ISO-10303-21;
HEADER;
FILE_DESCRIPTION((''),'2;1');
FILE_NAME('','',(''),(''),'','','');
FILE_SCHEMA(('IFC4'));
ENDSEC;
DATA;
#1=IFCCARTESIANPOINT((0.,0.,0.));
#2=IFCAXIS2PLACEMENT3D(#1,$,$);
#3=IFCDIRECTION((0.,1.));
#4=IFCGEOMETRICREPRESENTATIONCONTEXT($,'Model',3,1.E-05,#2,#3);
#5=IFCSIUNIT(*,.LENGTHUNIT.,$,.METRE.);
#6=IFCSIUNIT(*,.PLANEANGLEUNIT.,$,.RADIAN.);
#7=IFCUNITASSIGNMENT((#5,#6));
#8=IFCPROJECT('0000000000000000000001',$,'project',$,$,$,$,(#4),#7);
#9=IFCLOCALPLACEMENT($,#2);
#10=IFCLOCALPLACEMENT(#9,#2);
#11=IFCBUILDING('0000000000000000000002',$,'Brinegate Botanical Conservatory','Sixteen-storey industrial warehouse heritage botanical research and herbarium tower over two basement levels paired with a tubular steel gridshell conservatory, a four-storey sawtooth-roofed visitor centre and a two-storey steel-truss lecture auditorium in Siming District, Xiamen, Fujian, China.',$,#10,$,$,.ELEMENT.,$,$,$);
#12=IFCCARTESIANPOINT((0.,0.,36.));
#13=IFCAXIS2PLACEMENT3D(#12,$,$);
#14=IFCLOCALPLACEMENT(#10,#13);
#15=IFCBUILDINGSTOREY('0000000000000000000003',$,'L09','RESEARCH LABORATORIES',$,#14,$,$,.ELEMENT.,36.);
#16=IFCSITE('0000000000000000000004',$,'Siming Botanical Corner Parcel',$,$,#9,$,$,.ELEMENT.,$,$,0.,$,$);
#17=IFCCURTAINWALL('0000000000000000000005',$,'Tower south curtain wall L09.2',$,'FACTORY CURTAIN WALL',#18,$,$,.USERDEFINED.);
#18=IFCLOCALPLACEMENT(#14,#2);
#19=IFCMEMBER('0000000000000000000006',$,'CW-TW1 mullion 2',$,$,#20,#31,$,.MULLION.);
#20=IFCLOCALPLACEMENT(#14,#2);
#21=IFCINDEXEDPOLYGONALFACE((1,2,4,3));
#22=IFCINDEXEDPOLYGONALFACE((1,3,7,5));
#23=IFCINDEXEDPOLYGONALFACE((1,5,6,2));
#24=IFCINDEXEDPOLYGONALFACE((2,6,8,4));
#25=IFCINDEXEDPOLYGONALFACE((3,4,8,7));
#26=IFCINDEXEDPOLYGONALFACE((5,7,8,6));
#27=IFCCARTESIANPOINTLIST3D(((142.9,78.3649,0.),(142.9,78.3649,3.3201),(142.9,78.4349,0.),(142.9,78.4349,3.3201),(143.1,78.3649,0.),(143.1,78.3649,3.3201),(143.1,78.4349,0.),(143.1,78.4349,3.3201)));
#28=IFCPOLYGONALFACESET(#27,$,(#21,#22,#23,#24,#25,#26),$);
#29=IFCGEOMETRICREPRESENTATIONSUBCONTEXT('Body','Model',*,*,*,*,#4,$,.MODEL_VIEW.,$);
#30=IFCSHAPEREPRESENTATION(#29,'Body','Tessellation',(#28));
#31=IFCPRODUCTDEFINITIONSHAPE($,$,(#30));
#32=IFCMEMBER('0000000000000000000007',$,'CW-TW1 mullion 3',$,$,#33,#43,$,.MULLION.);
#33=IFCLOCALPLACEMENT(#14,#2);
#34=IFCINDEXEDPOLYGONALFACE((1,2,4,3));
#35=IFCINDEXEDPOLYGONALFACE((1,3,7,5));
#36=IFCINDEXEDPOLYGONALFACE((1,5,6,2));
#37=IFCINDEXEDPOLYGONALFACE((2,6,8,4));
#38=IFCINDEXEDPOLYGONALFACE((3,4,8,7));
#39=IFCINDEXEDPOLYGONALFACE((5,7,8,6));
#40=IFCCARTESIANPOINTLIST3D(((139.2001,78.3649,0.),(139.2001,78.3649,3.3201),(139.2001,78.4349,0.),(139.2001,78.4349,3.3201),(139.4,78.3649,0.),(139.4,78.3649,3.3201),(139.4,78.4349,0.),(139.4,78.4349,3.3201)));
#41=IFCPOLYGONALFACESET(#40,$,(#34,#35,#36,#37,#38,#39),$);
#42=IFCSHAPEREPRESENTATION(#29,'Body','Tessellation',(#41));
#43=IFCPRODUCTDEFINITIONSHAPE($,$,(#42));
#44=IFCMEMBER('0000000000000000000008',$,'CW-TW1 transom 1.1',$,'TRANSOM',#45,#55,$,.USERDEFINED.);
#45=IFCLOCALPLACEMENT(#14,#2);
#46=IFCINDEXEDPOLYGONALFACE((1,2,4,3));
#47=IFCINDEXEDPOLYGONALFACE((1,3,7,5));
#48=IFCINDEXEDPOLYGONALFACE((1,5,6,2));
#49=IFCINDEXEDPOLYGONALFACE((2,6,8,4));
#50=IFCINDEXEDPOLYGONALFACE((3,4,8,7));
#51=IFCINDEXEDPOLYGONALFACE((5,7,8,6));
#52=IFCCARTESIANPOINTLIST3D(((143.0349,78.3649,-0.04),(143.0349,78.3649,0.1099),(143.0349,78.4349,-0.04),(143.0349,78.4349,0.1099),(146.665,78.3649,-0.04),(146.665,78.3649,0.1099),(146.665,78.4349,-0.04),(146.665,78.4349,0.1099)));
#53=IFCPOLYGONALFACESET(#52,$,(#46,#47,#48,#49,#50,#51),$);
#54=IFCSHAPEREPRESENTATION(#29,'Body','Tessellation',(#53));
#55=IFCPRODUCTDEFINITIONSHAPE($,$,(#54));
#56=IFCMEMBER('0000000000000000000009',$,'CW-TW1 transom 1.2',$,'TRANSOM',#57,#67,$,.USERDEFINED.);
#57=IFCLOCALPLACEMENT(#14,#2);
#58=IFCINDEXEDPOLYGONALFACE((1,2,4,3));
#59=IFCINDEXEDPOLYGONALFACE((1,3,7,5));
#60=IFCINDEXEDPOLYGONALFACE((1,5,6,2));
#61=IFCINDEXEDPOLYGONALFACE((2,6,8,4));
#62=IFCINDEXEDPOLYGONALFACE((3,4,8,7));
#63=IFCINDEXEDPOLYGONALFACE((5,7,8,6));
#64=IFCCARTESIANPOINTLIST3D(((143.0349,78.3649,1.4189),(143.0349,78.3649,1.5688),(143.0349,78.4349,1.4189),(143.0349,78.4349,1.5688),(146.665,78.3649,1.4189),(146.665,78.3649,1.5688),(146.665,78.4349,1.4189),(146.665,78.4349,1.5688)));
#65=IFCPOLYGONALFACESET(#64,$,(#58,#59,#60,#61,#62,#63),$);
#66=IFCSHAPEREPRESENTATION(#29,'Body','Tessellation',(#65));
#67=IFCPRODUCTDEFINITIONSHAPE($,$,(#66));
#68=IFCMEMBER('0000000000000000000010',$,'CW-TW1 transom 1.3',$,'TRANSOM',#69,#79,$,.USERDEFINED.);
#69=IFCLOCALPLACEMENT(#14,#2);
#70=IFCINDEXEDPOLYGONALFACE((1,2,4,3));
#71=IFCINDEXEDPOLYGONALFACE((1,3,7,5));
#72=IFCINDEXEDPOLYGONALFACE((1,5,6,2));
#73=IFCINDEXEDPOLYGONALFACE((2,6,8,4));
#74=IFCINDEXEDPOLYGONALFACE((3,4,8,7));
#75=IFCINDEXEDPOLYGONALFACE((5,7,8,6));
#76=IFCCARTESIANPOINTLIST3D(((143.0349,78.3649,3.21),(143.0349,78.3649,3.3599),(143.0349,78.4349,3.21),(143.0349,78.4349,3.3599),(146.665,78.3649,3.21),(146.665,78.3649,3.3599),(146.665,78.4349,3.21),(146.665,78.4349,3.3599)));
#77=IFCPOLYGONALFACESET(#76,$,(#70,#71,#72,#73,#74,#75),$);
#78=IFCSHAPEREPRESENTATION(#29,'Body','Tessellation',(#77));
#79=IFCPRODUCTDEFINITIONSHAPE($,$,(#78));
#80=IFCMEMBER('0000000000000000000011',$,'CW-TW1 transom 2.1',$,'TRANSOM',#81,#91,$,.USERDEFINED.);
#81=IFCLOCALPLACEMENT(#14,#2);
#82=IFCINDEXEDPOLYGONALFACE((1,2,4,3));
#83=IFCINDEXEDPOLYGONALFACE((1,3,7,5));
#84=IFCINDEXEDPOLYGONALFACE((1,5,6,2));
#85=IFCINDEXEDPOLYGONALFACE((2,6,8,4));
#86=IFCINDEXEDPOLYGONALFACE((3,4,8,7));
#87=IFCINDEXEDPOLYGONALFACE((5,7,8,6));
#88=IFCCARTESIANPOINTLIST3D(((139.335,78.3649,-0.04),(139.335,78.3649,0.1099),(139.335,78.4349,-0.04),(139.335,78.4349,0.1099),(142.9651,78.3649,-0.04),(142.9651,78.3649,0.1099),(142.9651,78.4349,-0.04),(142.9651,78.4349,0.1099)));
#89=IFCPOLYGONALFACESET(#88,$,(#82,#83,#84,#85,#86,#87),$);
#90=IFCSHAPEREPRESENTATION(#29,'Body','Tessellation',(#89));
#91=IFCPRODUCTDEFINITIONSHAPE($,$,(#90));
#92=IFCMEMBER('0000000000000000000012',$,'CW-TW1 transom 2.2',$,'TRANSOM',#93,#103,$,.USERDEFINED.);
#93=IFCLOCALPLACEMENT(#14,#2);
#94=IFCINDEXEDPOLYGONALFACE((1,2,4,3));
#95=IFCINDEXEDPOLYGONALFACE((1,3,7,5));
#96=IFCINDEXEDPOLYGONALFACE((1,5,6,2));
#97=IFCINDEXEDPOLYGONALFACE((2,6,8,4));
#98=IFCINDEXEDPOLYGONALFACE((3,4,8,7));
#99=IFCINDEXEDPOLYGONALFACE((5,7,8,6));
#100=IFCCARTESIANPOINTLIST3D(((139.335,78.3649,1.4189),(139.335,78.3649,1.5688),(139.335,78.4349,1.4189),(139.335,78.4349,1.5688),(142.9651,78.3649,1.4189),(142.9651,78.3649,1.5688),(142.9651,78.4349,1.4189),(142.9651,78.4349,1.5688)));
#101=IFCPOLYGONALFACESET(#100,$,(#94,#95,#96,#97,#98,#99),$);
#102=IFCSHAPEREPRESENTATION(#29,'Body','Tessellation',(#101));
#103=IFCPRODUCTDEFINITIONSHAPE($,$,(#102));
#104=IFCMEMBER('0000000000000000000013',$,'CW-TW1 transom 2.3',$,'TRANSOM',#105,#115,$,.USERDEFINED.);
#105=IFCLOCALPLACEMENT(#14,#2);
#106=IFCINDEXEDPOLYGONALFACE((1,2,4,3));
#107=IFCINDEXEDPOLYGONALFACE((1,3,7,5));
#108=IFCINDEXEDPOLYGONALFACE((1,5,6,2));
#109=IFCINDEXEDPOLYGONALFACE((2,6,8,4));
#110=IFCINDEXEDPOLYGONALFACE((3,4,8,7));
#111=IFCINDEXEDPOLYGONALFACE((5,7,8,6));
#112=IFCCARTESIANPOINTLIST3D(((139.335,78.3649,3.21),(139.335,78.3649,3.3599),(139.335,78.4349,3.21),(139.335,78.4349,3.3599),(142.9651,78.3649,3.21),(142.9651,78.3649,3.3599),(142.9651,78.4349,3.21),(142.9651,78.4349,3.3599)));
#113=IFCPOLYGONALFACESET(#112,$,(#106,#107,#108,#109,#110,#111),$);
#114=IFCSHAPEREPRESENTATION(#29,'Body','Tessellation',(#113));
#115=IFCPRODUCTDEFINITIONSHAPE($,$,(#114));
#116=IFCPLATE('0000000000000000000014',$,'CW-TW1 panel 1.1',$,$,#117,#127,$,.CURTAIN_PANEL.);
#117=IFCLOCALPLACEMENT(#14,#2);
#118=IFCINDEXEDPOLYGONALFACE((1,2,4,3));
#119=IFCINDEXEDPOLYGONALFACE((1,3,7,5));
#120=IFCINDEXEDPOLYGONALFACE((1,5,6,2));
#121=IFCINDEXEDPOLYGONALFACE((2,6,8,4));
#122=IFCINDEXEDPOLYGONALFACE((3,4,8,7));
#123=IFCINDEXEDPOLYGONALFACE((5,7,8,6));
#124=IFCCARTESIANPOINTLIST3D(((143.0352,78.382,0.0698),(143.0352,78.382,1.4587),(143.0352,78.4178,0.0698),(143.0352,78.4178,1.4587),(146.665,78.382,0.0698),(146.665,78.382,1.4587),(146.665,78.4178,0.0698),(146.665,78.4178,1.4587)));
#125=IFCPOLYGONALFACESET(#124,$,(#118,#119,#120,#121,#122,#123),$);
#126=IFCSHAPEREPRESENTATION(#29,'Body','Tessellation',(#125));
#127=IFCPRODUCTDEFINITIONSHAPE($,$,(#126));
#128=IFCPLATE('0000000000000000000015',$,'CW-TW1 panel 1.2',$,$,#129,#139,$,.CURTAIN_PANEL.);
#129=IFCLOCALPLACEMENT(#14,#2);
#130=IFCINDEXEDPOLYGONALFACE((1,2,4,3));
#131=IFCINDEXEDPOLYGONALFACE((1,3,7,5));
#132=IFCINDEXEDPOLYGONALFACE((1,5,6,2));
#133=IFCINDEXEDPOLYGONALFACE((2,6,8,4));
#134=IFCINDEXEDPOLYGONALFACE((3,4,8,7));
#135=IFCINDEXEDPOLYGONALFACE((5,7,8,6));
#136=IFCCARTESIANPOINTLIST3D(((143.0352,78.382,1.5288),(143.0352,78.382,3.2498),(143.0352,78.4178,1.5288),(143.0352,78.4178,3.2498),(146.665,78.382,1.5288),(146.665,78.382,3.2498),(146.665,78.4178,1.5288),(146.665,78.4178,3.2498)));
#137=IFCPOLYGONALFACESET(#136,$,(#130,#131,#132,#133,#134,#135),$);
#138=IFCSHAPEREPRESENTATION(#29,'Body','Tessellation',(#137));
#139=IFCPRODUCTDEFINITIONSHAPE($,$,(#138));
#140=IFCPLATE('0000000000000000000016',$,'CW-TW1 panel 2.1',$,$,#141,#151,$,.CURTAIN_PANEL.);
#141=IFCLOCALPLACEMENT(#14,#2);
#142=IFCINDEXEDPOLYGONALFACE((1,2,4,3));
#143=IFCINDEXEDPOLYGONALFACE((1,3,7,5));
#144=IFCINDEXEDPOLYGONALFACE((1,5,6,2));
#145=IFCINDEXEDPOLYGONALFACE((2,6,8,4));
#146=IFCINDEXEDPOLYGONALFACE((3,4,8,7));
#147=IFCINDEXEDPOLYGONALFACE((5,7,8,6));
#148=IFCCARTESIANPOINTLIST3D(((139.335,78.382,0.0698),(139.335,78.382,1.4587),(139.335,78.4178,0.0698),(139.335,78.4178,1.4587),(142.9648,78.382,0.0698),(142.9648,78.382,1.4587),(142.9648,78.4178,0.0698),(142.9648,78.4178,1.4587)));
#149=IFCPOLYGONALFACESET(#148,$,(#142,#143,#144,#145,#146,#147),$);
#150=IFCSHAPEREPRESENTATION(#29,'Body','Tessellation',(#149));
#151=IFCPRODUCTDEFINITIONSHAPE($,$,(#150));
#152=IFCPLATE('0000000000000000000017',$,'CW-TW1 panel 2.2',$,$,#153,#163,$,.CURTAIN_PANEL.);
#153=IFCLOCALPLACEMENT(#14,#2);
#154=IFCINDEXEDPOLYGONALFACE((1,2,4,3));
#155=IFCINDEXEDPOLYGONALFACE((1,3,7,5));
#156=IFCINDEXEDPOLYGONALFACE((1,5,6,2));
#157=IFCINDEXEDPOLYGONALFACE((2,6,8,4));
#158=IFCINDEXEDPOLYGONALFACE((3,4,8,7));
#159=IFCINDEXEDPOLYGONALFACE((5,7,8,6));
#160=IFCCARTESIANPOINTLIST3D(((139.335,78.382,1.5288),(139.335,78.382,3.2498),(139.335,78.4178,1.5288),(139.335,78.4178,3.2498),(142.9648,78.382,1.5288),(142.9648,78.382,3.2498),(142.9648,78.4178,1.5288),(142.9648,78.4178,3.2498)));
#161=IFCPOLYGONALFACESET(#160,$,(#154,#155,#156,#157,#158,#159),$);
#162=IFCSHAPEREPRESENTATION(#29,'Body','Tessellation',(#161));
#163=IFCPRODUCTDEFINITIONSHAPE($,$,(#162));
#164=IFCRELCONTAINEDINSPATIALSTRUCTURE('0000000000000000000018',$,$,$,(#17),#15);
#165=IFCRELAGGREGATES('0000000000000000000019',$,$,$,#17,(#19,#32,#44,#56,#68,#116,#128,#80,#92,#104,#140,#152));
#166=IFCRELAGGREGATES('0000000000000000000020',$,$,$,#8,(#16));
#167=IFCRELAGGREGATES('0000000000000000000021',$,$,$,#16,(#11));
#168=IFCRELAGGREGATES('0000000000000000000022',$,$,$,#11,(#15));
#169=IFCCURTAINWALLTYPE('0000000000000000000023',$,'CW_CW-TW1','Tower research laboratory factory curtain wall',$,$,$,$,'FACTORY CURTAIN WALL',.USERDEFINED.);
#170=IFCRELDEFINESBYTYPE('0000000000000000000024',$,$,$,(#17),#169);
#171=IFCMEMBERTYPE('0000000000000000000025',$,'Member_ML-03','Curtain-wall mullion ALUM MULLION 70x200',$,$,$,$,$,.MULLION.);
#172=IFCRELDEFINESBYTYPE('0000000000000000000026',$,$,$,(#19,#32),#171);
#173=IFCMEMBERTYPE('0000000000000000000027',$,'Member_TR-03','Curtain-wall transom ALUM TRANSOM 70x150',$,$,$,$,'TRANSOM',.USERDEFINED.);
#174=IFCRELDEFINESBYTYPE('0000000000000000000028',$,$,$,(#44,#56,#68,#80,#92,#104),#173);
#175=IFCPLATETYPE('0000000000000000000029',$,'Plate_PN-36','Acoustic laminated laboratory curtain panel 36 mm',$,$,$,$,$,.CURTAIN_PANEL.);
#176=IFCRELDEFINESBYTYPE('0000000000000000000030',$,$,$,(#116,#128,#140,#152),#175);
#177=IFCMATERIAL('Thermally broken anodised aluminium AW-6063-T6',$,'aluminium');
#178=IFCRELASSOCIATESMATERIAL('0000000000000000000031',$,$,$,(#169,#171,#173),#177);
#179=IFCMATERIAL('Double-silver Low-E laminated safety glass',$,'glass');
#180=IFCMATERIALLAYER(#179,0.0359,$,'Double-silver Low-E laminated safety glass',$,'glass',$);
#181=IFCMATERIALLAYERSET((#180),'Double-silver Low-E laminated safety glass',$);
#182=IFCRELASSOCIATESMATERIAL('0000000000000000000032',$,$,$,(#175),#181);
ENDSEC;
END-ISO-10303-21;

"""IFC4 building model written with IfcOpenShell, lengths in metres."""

from ifc_helpers import new_model, si_unit, direction, frame, origin, origin_2d, place, context, subcontext, project, spatial, rectangle, extrude, material, layer, layer_set, material_profile, profile_set, type_object, element, aggregate, save


model = new_model("IFC4")

# Units and contexts
model_context = context("Model", 3, precision=1e-05, world=origin(), true_north=direction((0.0, 1.0)))
body_context = subcontext(model_context, "Body", "Model", "MODEL_VIEW")
ifc_project = project(units=[si_unit("LENGTHUNIT", "METRE"), si_unit("PLANEANGLEUNIT", "RADIAN")], contexts=[model_context])

# Site, building, storey
site_placement = place(None, origin())
site = spatial("IfcSite", under=ifc_project, at=site_placement, Name="Siming Botanical Corner Parcel", CompositionType="ELEMENT", RefElevation=0.0)
building_placement = place(site_placement, origin())
building = spatial("IfcBuilding", under=site, at=building_placement, Name="Brinegate Botanical Conservatory", Description="Sixteen-storey industrial warehouse heritage botanical research and herbarium tower over two basement levels paired with a tubular steel gridshell conservatory, a four-storey sawtooth-roofed visitor centre and a two-storey steel-truss lecture auditorium in Siming District, Xiamen, Fujian, China.", CompositionType="ELEMENT")
storey_placement = place(building_placement, frame((0.0, 0.0, 36.0)))
storey = spatial("IfcBuildingStorey", under=building, at=storey_placement, Name="L09", Description="RESEARCH LABORATORIES", CompositionType="ELEMENT", Elevation=36.0)

# Curtain wall, members, plates
ifc_material_1 = material(Name="Thermally broken anodised aluminium AW-6063-T6", Category="aluminium")
curtain_wall_type = type_object("IfcCurtainWallType", Name="CW_CW-TW1", Description="Tower research laboratory factory curtain wall", ElementType="FACTORY CURTAIN WALL", PredefinedType="USERDEFINED", material=ifc_material_1)
curtain_wall_placement = place(storey_placement, origin())
curtain_wall = element("IfcCurtainWall", 1, at=curtain_wall_placement, inside=storey, type_object=curtain_wall_type, Name="Tower south curtain wall L09.2", ObjectType="FACTORY CURTAIN WALL", PredefinedType="USERDEFINED")
ifc_material_profile_1 = material_profile(ifc_material_1, rectangle(XDim=0.0701, YDim=0.2, at=origin_2d()), Name="ALUM MULLION 70x200")
ifc_profile_set_1 = profile_set([ifc_material_profile_1], Name="Thermally broken anodised aluminium AW-6063-T6")
member_type_1 = type_object("IfcMemberType", Name="Member_ML-03", Description="Curtain-wall mullion ALUM MULLION 70x200", PredefinedType="MULLION", material=ifc_profile_set_1)
member_1_placement = place(storey_placement, frame((143.0, 78.3999, 0.0), z_axis=(0.0, 0.0, 1.0), x_axis=(0.0, -1.0, 0.0)))
member_1 = element("IfcMember", 2, at=member_1_placement, type_object=member_type_1, Name="CW-TW1 mullion 2", PredefinedType="MULLION", context=body_context, shape_type="SweptSolid", body=[
    extrude(rectangle(XDim=0.0701, YDim=0.2, at=origin_2d()), origin(), (0.0, 0.0, 1.0), 3.3201),
])
member_2_placement = place(storey_placement, frame((139.3, 78.3999, 0.0), z_axis=(0.0, 0.0, 1.0), x_axis=(0.0, -1.0, 0.0)))
member_2 = element("IfcMember", 3, at=member_2_placement, type_object=member_type_1, Name="CW-TW1 mullion 3", PredefinedType="MULLION", context=body_context, shape_type="SweptSolid", body=[
    extrude(rectangle(XDim=0.0701, YDim=0.2, at=origin_2d()), origin(), (0.0, 0.0, 1.0), 3.3201),
])
ifc_material_profile_2 = material_profile(ifc_material_1, rectangle(XDim=0.0701, YDim=0.1499, at=origin_2d()), Name="ALUM TRANSOM 70x150")
ifc_profile_set_2 = profile_set([ifc_material_profile_2], Name="Thermally broken anodised aluminium AW-6063-T6")
member_type_2 = type_object("IfcMemberType", Name="Member_TR-03", Description="Curtain-wall transom ALUM TRANSOM 70x150", ElementType="TRANSOM", PredefinedType="USERDEFINED", material=ifc_profile_set_2)
member_3_placement = place(storey_placement, frame((146.665, 78.3999, 0.0349), z_axis=(-1.0, 0.0, 0.0), x_axis=(0.0, -1.0, 0.0)))
member_3 = element("IfcMember", 4, at=member_3_placement, type_object=member_type_2, Name="CW-TW1 transom 1.1", ObjectType="TRANSOM", PredefinedType="USERDEFINED", context=body_context, shape_type="SweptSolid", body=[
    extrude(rectangle(XDim=0.0701, YDim=0.1499, at=origin_2d()), origin(), (0.0, 0.0, 1.0), 3.6301),
])
member_4_placement = place(storey_placement, frame((146.665, 78.3999, 1.4939), z_axis=(-1.0, 0.0, 0.0), x_axis=(0.0, -1.0, 0.0)))
member_4 = element("IfcMember", 5, at=member_4_placement, type_object=member_type_2, Name="CW-TW1 transom 1.2", ObjectType="TRANSOM", PredefinedType="USERDEFINED", context=body_context, shape_type="SweptSolid", body=[
    extrude(rectangle(XDim=0.0701, YDim=0.1499, at=origin_2d()), origin(), (0.0, 0.0, 1.0), 3.6301),
])
member_5_placement = place(storey_placement, frame((146.665, 78.3999, 3.2849), z_axis=(-1.0, 0.0, 0.0), x_axis=(0.0, -1.0, 0.0)))
member_5 = element("IfcMember", 6, at=member_5_placement, type_object=member_type_2, Name="CW-TW1 transom 1.3", ObjectType="TRANSOM", PredefinedType="USERDEFINED", context=body_context, shape_type="SweptSolid", body=[
    extrude(rectangle(XDim=0.0701, YDim=0.1499, at=origin_2d()), origin(), (0.0, 0.0, 1.0), 3.6301),
])
member_6_placement = place(storey_placement, frame((142.9651, 78.3999, 0.0349), z_axis=(-1.0, 0.0, 0.0), x_axis=(0.0, -1.0, 0.0)))
member_6 = element("IfcMember", 7, at=member_6_placement, type_object=member_type_2, Name="CW-TW1 transom 2.1", ObjectType="TRANSOM", PredefinedType="USERDEFINED", context=body_context, shape_type="SweptSolid", body=[
    extrude(rectangle(XDim=0.0701, YDim=0.1499, at=origin_2d()), origin(), (0.0, 0.0, 1.0), 3.6301),
])
member_7_placement = place(storey_placement, frame((142.9651, 78.3999, 1.4939), z_axis=(-1.0, 0.0, 0.0), x_axis=(0.0, -1.0, 0.0)))
member_7 = element("IfcMember", 8, at=member_7_placement, type_object=member_type_2, Name="CW-TW1 transom 2.2", ObjectType="TRANSOM", PredefinedType="USERDEFINED", context=body_context, shape_type="SweptSolid", body=[
    extrude(rectangle(XDim=0.0701, YDim=0.1499, at=origin_2d()), origin(), (0.0, 0.0, 1.0), 3.6301),
])
member_8_placement = place(storey_placement, frame((142.9651, 78.3999, 3.2849), z_axis=(-1.0, 0.0, 0.0), x_axis=(0.0, -1.0, 0.0)))
member_8 = element("IfcMember", 9, at=member_8_placement, type_object=member_type_2, Name="CW-TW1 transom 2.3", ObjectType="TRANSOM", PredefinedType="USERDEFINED", context=body_context, shape_type="SweptSolid", body=[
    extrude(rectangle(XDim=0.0701, YDim=0.1499, at=origin_2d()), origin(), (0.0, 0.0, 1.0), 3.6301),
])
ifc_material_2 = material(Name="Double-silver Low-E laminated safety glass", Category="glass")
ifc_layer_1 = layer(ifc_material_2, 0.0359, Name="Double-silver Low-E laminated safety glass", Category="glass")
ifc_layer_set_1 = layer_set([ifc_layer_1], Name="Double-silver Low-E laminated safety glass")
plate_type = type_object("IfcPlateType", Name="Plate_PN-36", Description="Acoustic laminated laboratory curtain panel 36 mm", PredefinedType="CURTAIN_PANEL", material=ifc_layer_set_1)
plate_1_placement = place(storey_placement, frame((144.8501, 78.3999, 0.0698), z_axis=(0.0, 0.0, 1.0), x_axis=(-1.0, 0.0, 0.0)))
plate_1 = element("IfcPlate", 10, at=plate_1_placement, type_object=plate_type, Name="CW-TW1 panel 1.1", PredefinedType="CURTAIN_PANEL", context=body_context, shape_type="SweptSolid", body=[
    extrude(rectangle(XDim=3.6299, YDim=0.0359, at=origin_2d()), origin(), (0.0, 0.0, 1.0), 1.3889),
])
plate_2_placement = place(storey_placement, frame((144.8501, 78.3999, 1.5288), z_axis=(0.0, 0.0, 1.0), x_axis=(-1.0, 0.0, 0.0)))
plate_2 = element("IfcPlate", 11, at=plate_2_placement, type_object=plate_type, Name="CW-TW1 panel 1.2", PredefinedType="CURTAIN_PANEL", context=body_context, shape_type="SweptSolid", body=[
    extrude(rectangle(XDim=3.6299, YDim=0.0359, at=origin_2d()), origin(), (0.0, 0.0, 1.0), 1.7209),
])
plate_3_placement = place(storey_placement, frame((141.1499, 78.3999, 0.0698), z_axis=(0.0, 0.0, 1.0), x_axis=(-1.0, 0.0, 0.0)))
plate_3 = element("IfcPlate", 12, at=plate_3_placement, type_object=plate_type, Name="CW-TW1 panel 2.1", PredefinedType="CURTAIN_PANEL", context=body_context, shape_type="SweptSolid", body=[
    extrude(rectangle(XDim=3.6299, YDim=0.0359, at=origin_2d()), origin(), (0.0, 0.0, 1.0), 1.3889),
])
plate_4_placement = place(storey_placement, frame((141.1499, 78.3999, 1.5288), z_axis=(0.0, 0.0, 1.0), x_axis=(-1.0, 0.0, 0.0)))
plate_4 = element("IfcPlate", 13, at=plate_4_placement, type_object=plate_type, Name="CW-TW1 panel 2.2", PredefinedType="CURTAIN_PANEL", context=body_context, shape_type="SweptSolid", body=[
    extrude(rectangle(XDim=3.6299, YDim=0.0359, at=origin_2d()), origin(), (0.0, 0.0, 1.0), 1.7209),
])
aggregate(curtain_wall, [member_1, member_2, member_3, member_4, member_5, plate_1, plate_2, member_6, member_7, member_8, plate_3, plate_4])

save(model, "model.ifc")
